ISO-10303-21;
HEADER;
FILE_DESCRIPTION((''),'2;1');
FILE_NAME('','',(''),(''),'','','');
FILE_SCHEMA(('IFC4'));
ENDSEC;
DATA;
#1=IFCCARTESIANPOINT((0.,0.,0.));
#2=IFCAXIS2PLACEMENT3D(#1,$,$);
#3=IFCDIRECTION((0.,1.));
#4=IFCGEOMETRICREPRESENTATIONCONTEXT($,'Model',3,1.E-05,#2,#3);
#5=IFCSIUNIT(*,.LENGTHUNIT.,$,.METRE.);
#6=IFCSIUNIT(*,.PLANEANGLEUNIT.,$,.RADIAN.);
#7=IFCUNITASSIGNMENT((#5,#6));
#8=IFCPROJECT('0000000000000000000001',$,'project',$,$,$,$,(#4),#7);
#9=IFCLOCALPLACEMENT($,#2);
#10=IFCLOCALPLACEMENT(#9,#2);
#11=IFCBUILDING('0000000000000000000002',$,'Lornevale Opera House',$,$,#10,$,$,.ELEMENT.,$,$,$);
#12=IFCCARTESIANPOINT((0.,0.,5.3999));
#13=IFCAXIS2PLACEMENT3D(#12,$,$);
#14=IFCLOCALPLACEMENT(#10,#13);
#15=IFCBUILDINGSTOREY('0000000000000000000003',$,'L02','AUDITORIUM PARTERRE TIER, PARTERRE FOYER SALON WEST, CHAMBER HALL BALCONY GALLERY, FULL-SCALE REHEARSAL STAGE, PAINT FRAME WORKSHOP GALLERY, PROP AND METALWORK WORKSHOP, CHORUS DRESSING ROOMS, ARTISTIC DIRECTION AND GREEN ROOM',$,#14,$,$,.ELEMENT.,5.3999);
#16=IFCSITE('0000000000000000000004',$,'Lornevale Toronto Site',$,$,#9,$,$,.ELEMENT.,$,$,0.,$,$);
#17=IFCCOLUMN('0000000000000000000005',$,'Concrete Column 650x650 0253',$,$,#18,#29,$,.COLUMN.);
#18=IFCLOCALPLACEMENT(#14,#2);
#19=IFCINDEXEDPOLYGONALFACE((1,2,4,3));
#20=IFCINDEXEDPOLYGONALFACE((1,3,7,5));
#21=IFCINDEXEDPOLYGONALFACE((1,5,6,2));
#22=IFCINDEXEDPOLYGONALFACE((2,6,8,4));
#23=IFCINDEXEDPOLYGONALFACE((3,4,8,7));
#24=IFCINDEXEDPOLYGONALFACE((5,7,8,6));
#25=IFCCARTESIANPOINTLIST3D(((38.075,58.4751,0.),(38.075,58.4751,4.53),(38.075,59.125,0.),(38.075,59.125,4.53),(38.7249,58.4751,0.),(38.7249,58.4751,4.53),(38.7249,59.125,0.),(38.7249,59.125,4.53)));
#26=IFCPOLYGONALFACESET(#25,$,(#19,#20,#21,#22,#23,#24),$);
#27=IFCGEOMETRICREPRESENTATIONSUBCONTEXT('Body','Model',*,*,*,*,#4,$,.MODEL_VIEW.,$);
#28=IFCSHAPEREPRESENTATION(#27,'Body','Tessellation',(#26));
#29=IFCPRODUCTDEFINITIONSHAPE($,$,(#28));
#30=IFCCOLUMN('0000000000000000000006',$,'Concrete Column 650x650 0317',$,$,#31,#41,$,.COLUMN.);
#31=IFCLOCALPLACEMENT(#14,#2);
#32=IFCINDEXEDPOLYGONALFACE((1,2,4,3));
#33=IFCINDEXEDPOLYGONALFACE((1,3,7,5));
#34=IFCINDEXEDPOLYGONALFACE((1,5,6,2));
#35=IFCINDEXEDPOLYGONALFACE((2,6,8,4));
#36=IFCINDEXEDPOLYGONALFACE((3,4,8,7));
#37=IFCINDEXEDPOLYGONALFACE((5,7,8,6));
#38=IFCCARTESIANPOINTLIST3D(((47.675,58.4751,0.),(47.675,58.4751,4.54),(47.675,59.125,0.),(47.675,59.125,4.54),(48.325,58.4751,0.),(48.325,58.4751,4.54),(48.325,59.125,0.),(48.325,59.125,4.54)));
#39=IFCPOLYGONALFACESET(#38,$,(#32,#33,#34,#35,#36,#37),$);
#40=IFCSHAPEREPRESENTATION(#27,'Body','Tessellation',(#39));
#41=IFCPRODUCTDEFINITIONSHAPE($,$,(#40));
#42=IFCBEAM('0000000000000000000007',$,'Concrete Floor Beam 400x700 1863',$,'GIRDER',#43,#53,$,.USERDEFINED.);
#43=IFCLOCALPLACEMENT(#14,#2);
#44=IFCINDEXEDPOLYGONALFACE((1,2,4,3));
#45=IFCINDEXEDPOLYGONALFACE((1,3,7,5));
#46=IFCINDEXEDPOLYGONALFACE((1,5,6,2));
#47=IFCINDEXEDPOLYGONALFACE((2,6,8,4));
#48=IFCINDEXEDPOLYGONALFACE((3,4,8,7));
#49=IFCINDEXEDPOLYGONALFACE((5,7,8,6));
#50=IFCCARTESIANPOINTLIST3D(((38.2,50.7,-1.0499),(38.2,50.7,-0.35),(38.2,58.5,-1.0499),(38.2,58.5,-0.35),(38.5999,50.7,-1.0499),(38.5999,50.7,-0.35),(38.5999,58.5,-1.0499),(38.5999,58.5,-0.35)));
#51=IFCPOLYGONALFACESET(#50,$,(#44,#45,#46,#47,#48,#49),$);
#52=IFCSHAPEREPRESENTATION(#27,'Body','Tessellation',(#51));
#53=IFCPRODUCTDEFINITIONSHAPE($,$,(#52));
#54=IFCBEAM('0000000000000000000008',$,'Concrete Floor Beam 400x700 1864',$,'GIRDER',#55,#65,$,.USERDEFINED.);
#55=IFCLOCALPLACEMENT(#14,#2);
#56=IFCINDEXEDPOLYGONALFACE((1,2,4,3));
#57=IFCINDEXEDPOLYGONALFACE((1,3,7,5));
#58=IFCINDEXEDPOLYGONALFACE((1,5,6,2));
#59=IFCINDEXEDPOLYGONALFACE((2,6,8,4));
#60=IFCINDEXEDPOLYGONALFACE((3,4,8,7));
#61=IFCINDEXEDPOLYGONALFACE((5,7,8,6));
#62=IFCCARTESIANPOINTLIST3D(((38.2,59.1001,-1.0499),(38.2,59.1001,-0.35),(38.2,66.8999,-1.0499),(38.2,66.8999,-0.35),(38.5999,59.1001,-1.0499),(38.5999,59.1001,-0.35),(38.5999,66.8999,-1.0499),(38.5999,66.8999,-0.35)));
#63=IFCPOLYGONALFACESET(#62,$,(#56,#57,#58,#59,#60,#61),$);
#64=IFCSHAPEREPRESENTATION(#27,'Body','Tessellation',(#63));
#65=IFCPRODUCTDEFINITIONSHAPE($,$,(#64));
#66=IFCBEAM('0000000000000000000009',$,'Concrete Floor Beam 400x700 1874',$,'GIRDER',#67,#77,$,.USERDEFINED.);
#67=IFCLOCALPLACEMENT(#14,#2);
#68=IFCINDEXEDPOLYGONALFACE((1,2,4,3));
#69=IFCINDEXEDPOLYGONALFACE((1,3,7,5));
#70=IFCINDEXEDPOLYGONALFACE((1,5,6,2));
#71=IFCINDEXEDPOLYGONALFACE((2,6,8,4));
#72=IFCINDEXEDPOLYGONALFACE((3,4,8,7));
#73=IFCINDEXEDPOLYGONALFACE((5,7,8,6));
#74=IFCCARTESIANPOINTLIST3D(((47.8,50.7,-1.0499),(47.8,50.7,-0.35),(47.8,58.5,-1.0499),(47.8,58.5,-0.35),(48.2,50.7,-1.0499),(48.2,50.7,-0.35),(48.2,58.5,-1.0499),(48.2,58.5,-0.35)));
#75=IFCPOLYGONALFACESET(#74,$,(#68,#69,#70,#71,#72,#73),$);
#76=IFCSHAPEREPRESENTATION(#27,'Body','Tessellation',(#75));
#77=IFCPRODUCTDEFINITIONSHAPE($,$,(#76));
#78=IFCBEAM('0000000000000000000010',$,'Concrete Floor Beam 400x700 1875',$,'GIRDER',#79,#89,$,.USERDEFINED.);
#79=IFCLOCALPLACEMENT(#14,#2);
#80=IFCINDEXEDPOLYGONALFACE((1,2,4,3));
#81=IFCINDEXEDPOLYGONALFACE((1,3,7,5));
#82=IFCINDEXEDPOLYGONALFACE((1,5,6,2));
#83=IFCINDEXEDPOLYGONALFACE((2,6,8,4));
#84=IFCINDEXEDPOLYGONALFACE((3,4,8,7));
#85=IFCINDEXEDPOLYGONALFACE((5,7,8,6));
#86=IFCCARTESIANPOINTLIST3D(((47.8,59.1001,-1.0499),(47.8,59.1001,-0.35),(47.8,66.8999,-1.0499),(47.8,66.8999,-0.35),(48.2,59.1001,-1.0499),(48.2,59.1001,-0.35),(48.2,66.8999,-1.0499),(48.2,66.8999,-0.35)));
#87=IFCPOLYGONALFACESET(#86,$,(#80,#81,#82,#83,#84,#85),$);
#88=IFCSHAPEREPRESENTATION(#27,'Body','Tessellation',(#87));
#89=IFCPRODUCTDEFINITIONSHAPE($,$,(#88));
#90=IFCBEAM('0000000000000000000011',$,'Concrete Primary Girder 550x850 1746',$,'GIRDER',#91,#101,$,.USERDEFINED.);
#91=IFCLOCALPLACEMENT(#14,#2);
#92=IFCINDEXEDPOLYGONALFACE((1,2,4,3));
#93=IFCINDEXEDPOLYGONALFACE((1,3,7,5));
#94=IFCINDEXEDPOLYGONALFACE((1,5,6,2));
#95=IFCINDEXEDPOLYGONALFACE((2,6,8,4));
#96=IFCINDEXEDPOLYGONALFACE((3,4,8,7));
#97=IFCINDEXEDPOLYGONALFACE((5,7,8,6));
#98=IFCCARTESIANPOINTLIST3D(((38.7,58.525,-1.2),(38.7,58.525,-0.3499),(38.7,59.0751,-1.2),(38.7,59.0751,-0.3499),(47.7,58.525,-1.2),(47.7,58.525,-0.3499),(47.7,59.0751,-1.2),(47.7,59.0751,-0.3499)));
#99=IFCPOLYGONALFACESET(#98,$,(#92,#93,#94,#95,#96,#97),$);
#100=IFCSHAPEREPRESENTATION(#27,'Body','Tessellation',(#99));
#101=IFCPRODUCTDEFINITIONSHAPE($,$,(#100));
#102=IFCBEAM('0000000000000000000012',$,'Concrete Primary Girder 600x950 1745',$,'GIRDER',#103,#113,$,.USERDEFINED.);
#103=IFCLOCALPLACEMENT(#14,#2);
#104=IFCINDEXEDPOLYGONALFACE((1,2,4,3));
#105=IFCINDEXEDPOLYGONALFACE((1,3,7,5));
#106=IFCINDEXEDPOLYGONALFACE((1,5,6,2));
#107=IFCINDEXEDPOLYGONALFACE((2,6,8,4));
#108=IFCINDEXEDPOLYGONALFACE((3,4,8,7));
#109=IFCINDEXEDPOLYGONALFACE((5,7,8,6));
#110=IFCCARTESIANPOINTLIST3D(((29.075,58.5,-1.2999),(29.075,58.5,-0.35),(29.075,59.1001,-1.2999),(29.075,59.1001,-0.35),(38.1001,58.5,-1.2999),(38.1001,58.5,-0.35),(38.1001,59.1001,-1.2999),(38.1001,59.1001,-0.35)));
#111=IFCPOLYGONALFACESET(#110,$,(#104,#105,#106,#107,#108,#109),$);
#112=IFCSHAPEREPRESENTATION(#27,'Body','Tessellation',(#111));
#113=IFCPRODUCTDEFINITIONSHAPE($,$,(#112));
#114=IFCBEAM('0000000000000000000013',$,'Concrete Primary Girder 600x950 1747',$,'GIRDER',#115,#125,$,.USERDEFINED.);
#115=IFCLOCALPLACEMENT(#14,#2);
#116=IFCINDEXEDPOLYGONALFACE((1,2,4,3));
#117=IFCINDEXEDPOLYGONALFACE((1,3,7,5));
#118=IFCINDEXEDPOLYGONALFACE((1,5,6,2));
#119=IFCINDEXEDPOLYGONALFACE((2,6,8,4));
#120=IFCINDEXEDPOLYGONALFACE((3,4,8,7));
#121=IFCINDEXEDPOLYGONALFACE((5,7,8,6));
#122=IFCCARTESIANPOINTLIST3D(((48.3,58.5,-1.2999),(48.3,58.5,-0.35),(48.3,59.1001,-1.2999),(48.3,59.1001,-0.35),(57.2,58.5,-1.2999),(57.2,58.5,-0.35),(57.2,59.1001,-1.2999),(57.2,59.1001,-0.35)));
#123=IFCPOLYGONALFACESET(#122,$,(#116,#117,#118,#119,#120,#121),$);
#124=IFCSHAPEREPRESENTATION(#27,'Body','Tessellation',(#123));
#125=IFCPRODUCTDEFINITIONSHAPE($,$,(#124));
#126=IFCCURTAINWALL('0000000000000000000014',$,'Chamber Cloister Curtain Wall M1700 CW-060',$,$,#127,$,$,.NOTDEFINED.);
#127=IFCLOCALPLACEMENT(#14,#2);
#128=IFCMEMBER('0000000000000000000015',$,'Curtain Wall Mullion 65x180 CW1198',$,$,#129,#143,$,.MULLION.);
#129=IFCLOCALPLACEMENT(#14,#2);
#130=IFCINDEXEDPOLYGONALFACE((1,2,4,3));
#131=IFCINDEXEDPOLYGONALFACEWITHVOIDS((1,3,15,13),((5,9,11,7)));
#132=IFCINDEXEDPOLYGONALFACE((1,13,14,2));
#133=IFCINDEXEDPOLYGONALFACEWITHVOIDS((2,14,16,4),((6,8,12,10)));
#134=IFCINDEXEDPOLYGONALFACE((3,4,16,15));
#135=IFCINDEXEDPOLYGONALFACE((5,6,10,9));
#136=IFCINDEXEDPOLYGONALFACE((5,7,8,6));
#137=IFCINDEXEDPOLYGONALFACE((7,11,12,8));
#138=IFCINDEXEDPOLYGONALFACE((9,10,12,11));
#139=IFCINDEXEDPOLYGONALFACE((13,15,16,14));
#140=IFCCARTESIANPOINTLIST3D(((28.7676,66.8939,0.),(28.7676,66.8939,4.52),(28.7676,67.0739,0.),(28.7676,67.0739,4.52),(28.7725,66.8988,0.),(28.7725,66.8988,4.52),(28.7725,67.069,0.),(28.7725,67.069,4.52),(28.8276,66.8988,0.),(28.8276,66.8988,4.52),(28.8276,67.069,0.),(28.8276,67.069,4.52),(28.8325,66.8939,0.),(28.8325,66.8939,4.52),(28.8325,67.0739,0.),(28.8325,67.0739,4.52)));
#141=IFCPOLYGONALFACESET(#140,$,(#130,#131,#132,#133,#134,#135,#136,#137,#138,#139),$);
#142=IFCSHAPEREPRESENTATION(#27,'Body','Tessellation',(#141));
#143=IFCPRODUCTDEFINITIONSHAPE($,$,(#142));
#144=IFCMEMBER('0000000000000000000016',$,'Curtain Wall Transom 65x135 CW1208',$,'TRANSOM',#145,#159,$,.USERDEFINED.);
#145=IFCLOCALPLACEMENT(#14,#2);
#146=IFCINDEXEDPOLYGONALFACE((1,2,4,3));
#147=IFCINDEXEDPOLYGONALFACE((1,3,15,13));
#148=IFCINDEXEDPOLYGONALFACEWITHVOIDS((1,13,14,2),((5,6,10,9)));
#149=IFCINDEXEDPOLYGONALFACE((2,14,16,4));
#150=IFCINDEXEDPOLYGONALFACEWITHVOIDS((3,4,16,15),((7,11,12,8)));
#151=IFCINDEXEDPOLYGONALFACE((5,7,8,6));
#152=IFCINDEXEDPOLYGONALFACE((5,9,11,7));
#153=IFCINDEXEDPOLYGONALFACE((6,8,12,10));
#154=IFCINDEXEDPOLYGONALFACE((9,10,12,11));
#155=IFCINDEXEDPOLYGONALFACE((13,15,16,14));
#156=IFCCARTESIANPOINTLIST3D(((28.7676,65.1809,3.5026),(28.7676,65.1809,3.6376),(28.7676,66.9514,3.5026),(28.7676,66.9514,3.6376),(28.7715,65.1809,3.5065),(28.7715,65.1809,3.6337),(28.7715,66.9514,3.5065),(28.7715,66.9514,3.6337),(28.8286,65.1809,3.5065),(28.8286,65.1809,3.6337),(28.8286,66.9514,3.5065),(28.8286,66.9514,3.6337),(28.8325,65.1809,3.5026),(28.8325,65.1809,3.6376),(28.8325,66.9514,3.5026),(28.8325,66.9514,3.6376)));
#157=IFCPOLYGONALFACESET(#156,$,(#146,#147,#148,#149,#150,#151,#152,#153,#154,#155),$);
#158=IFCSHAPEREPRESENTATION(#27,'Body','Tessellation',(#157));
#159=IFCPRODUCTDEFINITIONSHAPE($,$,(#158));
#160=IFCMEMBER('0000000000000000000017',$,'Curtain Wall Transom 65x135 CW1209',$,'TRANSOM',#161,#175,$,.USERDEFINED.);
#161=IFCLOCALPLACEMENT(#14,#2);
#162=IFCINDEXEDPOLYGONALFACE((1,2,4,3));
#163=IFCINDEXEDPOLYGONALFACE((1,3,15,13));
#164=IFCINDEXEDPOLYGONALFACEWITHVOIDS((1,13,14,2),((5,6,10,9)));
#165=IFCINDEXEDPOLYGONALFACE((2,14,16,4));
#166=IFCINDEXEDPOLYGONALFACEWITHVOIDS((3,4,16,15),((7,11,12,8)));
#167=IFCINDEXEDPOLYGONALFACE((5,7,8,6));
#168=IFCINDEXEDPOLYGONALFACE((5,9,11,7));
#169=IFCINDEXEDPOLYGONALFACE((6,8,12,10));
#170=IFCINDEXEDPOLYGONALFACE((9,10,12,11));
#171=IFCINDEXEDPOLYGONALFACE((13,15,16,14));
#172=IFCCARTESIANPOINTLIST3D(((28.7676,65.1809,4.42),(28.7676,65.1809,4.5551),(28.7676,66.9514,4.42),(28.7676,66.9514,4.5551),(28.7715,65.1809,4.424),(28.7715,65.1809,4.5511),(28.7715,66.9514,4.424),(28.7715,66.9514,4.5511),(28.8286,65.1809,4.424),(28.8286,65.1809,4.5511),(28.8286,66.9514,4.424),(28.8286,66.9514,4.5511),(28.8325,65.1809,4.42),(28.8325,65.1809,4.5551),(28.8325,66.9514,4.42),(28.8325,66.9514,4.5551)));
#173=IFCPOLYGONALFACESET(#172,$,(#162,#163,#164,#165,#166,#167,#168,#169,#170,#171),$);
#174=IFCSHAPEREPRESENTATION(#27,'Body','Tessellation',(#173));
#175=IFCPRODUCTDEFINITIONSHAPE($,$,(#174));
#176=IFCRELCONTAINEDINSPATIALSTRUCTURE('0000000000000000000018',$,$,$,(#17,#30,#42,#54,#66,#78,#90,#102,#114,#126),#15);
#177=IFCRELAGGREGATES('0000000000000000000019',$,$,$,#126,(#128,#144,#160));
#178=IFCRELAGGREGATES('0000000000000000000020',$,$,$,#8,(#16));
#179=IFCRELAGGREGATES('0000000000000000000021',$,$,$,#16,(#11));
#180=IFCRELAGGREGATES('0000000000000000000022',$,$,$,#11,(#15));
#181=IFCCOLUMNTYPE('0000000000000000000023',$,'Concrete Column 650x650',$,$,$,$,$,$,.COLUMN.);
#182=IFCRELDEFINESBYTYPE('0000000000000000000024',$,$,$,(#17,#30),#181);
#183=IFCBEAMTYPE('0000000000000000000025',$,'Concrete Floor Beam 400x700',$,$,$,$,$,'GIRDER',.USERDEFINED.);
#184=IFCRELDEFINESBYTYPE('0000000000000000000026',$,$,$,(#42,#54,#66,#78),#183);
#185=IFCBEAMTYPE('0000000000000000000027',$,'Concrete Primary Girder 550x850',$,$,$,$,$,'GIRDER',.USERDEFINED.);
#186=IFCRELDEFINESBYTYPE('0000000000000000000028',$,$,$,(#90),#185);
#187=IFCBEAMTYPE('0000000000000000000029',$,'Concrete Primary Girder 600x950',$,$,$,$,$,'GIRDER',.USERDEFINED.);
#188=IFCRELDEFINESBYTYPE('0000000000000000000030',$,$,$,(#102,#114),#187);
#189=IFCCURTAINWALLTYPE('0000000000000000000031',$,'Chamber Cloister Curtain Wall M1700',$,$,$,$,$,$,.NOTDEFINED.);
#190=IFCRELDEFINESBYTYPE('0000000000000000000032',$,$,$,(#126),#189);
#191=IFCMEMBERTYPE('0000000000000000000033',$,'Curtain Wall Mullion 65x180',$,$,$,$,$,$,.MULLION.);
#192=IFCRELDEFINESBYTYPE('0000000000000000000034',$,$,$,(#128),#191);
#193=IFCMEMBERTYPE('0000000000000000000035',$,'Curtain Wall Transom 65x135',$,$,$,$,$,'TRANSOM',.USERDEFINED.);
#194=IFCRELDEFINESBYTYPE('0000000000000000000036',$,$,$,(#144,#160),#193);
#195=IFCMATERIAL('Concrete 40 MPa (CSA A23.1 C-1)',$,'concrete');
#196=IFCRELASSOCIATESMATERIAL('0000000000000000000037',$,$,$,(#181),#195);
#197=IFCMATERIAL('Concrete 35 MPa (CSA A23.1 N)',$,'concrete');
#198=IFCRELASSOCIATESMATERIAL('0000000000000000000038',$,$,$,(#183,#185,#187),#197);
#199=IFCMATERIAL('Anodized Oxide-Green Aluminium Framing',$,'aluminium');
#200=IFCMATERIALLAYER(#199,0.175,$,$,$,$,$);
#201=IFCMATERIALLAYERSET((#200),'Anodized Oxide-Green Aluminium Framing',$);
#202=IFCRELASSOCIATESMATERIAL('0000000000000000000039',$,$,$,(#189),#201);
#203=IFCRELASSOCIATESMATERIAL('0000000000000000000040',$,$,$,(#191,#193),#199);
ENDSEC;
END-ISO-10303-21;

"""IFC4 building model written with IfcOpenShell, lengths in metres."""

from ifc_helpers import new_model, si_unit, direction, frame, origin, origin_2d, place, context, subcontext, project, spatial, rectangle, hollow_rectangle, extrude, material, layer, layer_set, material_profile, profile_set, type_object, element, aggregate, save


model = new_model("IFC4")

# Units and contexts
model_context = context("Model", 3, precision=1e-05, world=origin(), true_north=direction((0.0, 1.0)))
body_context = subcontext(model_context, "Body", "Model", "MODEL_VIEW")
ifc_project = project(units=[si_unit("LENGTHUNIT", "METRE"), si_unit("PLANEANGLEUNIT", "RADIAN")], contexts=[model_context])

# Site, building, storey
site_placement = place(None, origin())
site = spatial("IfcSite", under=ifc_project, at=site_placement, Name="Lornevale Toronto Site", CompositionType="ELEMENT", RefElevation=0.0)
building_placement = place(site_placement, origin())
building = spatial("IfcBuilding", under=site, at=building_placement, Name="Lornevale Opera House", CompositionType="ELEMENT")
storey_placement = place(building_placement, frame((0.0, 0.0, 5.3999)))
storey = spatial("IfcBuildingStorey", under=building, at=storey_placement, Name="L02", Description="AUDITORIUM PARTERRE TIER, PARTERRE FOYER SALON WEST, CHAMBER HALL BALCONY GALLERY, FULL-SCALE REHEARSAL STAGE, PAINT FRAME WORKSHOP GALLERY, PROP AND METALWORK WORKSHOP, CHORUS DRESSING ROOMS, ARTISTIC DIRECTION AND GREEN ROOM", CompositionType="ELEMENT", Elevation=5.3999)

# Columns
ifc_material_1 = material(Name="Concrete 40 MPa (CSA A23.1 C-1)", Category="concrete")
ifc_material_profile_1 = material_profile(ifc_material_1, rectangle(XDim=0.6499, YDim=0.6499, at=origin_2d()), Name="RC650x650")
ifc_profile_set_1 = profile_set([ifc_material_profile_1], Name="Concrete 40 MPa (CSA A23.1 C-1)")
column_type = type_object("IfcColumnType", Name="Concrete Column 650x650", PredefinedType="COLUMN", material=ifc_profile_set_1)
column_1_placement = place(storey_placement, frame((38.3999, 58.8, 0.0), z_axis=(0.0, 0.0, 1.0), x_axis=(1.0, 0.0, 0.0)))
element("IfcColumn", 1, at=column_1_placement, inside=storey, type_object=column_type, Name="Concrete Column 650x650 0253", PredefinedType="COLUMN", context=body_context, shape_type="SweptSolid", body=[
    extrude(rectangle(XDim=0.6499, YDim=0.6499, at=origin_2d()), origin(), (0.0, 0.0, 1.0), 4.53),
])
column_2_placement = place(storey_placement, frame((48.0, 58.8, 0.0), z_axis=(0.0, 0.0, 1.0), x_axis=(1.0, 0.0, 0.0)))
element("IfcColumn", 2, at=column_2_placement, inside=storey, type_object=column_type, Name="Concrete Column 650x650 0317", PredefinedType="COLUMN", context=body_context, shape_type="SweptSolid", body=[
    extrude(rectangle(XDim=0.6499, YDim=0.6499, at=origin_2d()), origin(), (0.0, 0.0, 1.0), 4.54),
])

# Beams
ifc_material_2 = material(Name="Concrete 35 MPa (CSA A23.1 N)", Category="concrete")
ifc_material_profile_2 = material_profile(ifc_material_2, rectangle(XDim=0.3999, YDim=0.7, at=origin_2d()), Name="RC400x700")
ifc_profile_set_2 = profile_set([ifc_material_profile_2], Name="Concrete 35 MPa (CSA A23.1 N)")
beam_type_1 = type_object("IfcBeamType", Name="Concrete Floor Beam 400x700", ElementType="GIRDER", PredefinedType="USERDEFINED", material=ifc_profile_set_2)
beam_1_placement = place(storey_placement, frame((38.3999, 50.7, -0.7), z_axis=(0.0, 1.0, 0.0), x_axis=(-1.0, 0.0, 0.0)))
element("IfcBeam", 3, at=beam_1_placement, inside=storey, type_object=beam_type_1, Name="Concrete Floor Beam 400x700 1863", ObjectType="GIRDER", PredefinedType="USERDEFINED", context=body_context, shape_type="SweptSolid", body=[
    extrude(rectangle(XDim=0.3999, YDim=0.7, at=origin_2d()), origin(), (0.0, 0.0, 1.0), 7.8),
])
beam_2_placement = place(storey_placement, frame((38.3999, 59.1001, -0.7), z_axis=(0.0, 1.0, 0.0), x_axis=(-1.0, 0.0, 0.0)))
element("IfcBeam", 4, at=beam_2_placement, inside=storey, type_object=beam_type_1, Name="Concrete Floor Beam 400x700 1864", ObjectType="GIRDER", PredefinedType="USERDEFINED", context=body_context, shape_type="SweptSolid", body=[
    extrude(rectangle(XDim=0.3999, YDim=0.7, at=origin_2d()), origin(), (0.0, 0.0, 1.0), 7.7998),
])
beam_3_placement = place(storey_placement, frame((48.0, 50.7, -0.7), z_axis=(0.0, 1.0, 0.0), x_axis=(-1.0, 0.0, 0.0)))
element("IfcBeam", 5, at=beam_3_placement, inside=storey, type_object=beam_type_1, Name="Concrete Floor Beam 400x700 1874", ObjectType="GIRDER", PredefinedType="USERDEFINED", context=body_context, shape_type="SweptSolid", body=[
    extrude(rectangle(XDim=0.3999, YDim=0.7, at=origin_2d()), origin(), (0.0, 0.0, 1.0), 7.8),
])
beam_4_placement = place(storey_placement, frame((48.0, 59.1001, -0.7), z_axis=(0.0, 1.0, 0.0), x_axis=(-1.0, 0.0, 0.0)))
element("IfcBeam", 6, at=beam_4_placement, inside=storey, type_object=beam_type_1, Name="Concrete Floor Beam 400x700 1875", ObjectType="GIRDER", PredefinedType="USERDEFINED", context=body_context, shape_type="SweptSolid", body=[
    extrude(rectangle(XDim=0.3999, YDim=0.7, at=origin_2d()), origin(), (0.0, 0.0, 1.0), 7.7998),
])
ifc_material_profile_3 = material_profile(ifc_material_2, rectangle(XDim=0.55, YDim=0.8501, at=origin_2d()), Name="RC550x850")
ifc_profile_set_3 = profile_set([ifc_material_profile_3], Name="Concrete 35 MPa (CSA A23.1 N)")
beam_type_2 = type_object("IfcBeamType", Name="Concrete Primary Girder 550x850", ElementType="GIRDER", PredefinedType="USERDEFINED", material=ifc_profile_set_3)
beam_5_placement = place(storey_placement, frame((38.7, 58.8, -0.7749), z_axis=(1.0, 0.0, 0.0), x_axis=(0.0, 1.0, 0.0)))
element("IfcBeam", 7, at=beam_5_placement, inside=storey, type_object=beam_type_2, Name="Concrete Primary Girder 550x850 1746", ObjectType="GIRDER", PredefinedType="USERDEFINED", context=body_context, shape_type="SweptSolid", body=[
    extrude(rectangle(XDim=0.55, YDim=0.8501, at=origin_2d()), origin(), (0.0, 0.0, 1.0), 9.0),
])
ifc_material_profile_4 = material_profile(ifc_material_2, rectangle(XDim=0.6001, YDim=0.95, at=origin_2d()), Name="RC600x950")
ifc_profile_set_4 = profile_set([ifc_material_profile_4], Name="Concrete 35 MPa (CSA A23.1 N)")
beam_type_3 = type_object("IfcBeamType", Name="Concrete Primary Girder 600x950", ElementType="GIRDER", PredefinedType="USERDEFINED", material=ifc_profile_set_4)
beam_6_placement = place(storey_placement, frame((29.075, 58.8, -0.825), z_axis=(1.0, 0.0, 0.0), x_axis=(0.0, 1.0, 0.0)))
element("IfcBeam", 8, at=beam_6_placement, inside=storey, type_object=beam_type_3, Name="Concrete Primary Girder 600x950 1745", ObjectType="GIRDER", PredefinedType="USERDEFINED", context=body_context, shape_type="SweptSolid", body=[
    extrude(rectangle(XDim=0.6001, YDim=0.95, at=origin_2d()), origin(), (0.0, 0.0, 1.0), 9.0251),
])
beam_7_placement = place(storey_placement, frame((48.3, 58.8, -0.825), z_axis=(1.0, 0.0, 0.0), x_axis=(0.0, 1.0, 0.0)))
element("IfcBeam", 9, at=beam_7_placement, inside=storey, type_object=beam_type_3, Name="Concrete Primary Girder 600x950 1747", ObjectType="GIRDER", PredefinedType="USERDEFINED", context=body_context, shape_type="SweptSolid", body=[
    extrude(rectangle(XDim=0.6001, YDim=0.95, at=origin_2d()), origin(), (0.0, 0.0, 1.0), 8.8999),
])

# Curtain wall, members
ifc_material_3 = material(Name="Anodized Oxide-Green Aluminium Framing", Category="aluminium")
ifc_layer_1 = layer(ifc_material_3, 0.175)
ifc_layer_set_1 = layer_set([ifc_layer_1], Name="Anodized Oxide-Green Aluminium Framing")
curtain_wall_type = type_object("IfcCurtainWallType", Name="Chamber Cloister Curtain Wall M1700", PredefinedType="NOTDEFINED", material=ifc_layer_set_1)
curtain_wall_placement = place(storey_placement, origin())
curtain_wall = element("IfcCurtainWall", 10, at=curtain_wall_placement, inside=storey, type_object=curtain_wall_type, Name="Chamber Cloister Curtain Wall M1700 CW-060", PredefinedType="NOTDEFINED")
ifc_material_profile_5 = material_profile(ifc_material_3, hollow_rectangle(XDim=0.0649, YDim=0.1799, WallThickness=0.0049, at=origin_2d()), Name="ALU65x180x5")
ifc_profile_set_5 = profile_set([ifc_material_profile_5], Name="Anodized Oxide-Green Aluminium Framing")
member_type_1 = type_object("IfcMemberType", Name="Curtain Wall Mullion 65x180", PredefinedType="MULLION", material=ifc_profile_set_5)
member_1_placement = place(storey_placement, frame((28.8, 66.9839, 0.0), z_axis=(0.0, 0.0, 1.0), x_axis=(-1.0, 0.0, 0.0)))
member_1 = element("IfcMember", 11, at=member_1_placement, type_object=member_type_1, Name="Curtain Wall Mullion 65x180 CW1198", PredefinedType="MULLION", context=body_context, shape_type="SweptSolid", body=[
    extrude(hollow_rectangle(XDim=0.0649, YDim=0.1799, WallThickness=0.0049, at=origin_2d()), origin(), (0.0, 0.0, 1.0), 4.52),
])
ifc_material_profile_6 = material_profile(ifc_material_3, hollow_rectangle(XDim=0.0649, YDim=0.135, WallThickness=0.0039, at=origin_2d()), Name="ALU65x135x4")
ifc_profile_set_6 = profile_set([ifc_material_profile_6], Name="Anodized Oxide-Green Aluminium Framing")
member_type_2 = type_object("IfcMemberType", Name="Curtain Wall Transom 65x135", ElementType="TRANSOM", PredefinedType="USERDEFINED", material=ifc_profile_set_6)
member_2_placement = place(storey_placement, frame((28.8, 65.1809, 3.5701), z_axis=(0.0, 1.0, 0.0), x_axis=(-1.0, 0.0, 0.0)))
member_2 = element("IfcMember", 12, at=member_2_placement, type_object=member_type_2, Name="Curtain Wall Transom 65x135 CW1208", ObjectType="TRANSOM", PredefinedType="USERDEFINED", context=body_context, shape_type="SweptSolid", body=[
    extrude(hollow_rectangle(XDim=0.0649, YDim=0.135, WallThickness=0.0039, at=origin_2d()), origin(), (0.0, 0.0, 1.0), 1.7705),
])
member_3_placement = place(storey_placement, frame((28.8, 65.1809, 4.4875), z_axis=(0.0, 1.0, 0.0), x_axis=(-1.0, 0.0, 0.0)))
member_3 = element("IfcMember", 13, at=member_3_placement, type_object=member_type_2, Name="Curtain Wall Transom 65x135 CW1209", ObjectType="TRANSOM", PredefinedType="USERDEFINED", context=body_context, shape_type="SweptSolid", body=[
    extrude(hollow_rectangle(XDim=0.0649, YDim=0.135, WallThickness=0.0039, at=origin_2d()), origin(), (0.0, 0.0, 1.0), 1.7705),
])

aggregate(curtain_wall, [member_1, member_2, member_3])

save(model, "model.ifc")
